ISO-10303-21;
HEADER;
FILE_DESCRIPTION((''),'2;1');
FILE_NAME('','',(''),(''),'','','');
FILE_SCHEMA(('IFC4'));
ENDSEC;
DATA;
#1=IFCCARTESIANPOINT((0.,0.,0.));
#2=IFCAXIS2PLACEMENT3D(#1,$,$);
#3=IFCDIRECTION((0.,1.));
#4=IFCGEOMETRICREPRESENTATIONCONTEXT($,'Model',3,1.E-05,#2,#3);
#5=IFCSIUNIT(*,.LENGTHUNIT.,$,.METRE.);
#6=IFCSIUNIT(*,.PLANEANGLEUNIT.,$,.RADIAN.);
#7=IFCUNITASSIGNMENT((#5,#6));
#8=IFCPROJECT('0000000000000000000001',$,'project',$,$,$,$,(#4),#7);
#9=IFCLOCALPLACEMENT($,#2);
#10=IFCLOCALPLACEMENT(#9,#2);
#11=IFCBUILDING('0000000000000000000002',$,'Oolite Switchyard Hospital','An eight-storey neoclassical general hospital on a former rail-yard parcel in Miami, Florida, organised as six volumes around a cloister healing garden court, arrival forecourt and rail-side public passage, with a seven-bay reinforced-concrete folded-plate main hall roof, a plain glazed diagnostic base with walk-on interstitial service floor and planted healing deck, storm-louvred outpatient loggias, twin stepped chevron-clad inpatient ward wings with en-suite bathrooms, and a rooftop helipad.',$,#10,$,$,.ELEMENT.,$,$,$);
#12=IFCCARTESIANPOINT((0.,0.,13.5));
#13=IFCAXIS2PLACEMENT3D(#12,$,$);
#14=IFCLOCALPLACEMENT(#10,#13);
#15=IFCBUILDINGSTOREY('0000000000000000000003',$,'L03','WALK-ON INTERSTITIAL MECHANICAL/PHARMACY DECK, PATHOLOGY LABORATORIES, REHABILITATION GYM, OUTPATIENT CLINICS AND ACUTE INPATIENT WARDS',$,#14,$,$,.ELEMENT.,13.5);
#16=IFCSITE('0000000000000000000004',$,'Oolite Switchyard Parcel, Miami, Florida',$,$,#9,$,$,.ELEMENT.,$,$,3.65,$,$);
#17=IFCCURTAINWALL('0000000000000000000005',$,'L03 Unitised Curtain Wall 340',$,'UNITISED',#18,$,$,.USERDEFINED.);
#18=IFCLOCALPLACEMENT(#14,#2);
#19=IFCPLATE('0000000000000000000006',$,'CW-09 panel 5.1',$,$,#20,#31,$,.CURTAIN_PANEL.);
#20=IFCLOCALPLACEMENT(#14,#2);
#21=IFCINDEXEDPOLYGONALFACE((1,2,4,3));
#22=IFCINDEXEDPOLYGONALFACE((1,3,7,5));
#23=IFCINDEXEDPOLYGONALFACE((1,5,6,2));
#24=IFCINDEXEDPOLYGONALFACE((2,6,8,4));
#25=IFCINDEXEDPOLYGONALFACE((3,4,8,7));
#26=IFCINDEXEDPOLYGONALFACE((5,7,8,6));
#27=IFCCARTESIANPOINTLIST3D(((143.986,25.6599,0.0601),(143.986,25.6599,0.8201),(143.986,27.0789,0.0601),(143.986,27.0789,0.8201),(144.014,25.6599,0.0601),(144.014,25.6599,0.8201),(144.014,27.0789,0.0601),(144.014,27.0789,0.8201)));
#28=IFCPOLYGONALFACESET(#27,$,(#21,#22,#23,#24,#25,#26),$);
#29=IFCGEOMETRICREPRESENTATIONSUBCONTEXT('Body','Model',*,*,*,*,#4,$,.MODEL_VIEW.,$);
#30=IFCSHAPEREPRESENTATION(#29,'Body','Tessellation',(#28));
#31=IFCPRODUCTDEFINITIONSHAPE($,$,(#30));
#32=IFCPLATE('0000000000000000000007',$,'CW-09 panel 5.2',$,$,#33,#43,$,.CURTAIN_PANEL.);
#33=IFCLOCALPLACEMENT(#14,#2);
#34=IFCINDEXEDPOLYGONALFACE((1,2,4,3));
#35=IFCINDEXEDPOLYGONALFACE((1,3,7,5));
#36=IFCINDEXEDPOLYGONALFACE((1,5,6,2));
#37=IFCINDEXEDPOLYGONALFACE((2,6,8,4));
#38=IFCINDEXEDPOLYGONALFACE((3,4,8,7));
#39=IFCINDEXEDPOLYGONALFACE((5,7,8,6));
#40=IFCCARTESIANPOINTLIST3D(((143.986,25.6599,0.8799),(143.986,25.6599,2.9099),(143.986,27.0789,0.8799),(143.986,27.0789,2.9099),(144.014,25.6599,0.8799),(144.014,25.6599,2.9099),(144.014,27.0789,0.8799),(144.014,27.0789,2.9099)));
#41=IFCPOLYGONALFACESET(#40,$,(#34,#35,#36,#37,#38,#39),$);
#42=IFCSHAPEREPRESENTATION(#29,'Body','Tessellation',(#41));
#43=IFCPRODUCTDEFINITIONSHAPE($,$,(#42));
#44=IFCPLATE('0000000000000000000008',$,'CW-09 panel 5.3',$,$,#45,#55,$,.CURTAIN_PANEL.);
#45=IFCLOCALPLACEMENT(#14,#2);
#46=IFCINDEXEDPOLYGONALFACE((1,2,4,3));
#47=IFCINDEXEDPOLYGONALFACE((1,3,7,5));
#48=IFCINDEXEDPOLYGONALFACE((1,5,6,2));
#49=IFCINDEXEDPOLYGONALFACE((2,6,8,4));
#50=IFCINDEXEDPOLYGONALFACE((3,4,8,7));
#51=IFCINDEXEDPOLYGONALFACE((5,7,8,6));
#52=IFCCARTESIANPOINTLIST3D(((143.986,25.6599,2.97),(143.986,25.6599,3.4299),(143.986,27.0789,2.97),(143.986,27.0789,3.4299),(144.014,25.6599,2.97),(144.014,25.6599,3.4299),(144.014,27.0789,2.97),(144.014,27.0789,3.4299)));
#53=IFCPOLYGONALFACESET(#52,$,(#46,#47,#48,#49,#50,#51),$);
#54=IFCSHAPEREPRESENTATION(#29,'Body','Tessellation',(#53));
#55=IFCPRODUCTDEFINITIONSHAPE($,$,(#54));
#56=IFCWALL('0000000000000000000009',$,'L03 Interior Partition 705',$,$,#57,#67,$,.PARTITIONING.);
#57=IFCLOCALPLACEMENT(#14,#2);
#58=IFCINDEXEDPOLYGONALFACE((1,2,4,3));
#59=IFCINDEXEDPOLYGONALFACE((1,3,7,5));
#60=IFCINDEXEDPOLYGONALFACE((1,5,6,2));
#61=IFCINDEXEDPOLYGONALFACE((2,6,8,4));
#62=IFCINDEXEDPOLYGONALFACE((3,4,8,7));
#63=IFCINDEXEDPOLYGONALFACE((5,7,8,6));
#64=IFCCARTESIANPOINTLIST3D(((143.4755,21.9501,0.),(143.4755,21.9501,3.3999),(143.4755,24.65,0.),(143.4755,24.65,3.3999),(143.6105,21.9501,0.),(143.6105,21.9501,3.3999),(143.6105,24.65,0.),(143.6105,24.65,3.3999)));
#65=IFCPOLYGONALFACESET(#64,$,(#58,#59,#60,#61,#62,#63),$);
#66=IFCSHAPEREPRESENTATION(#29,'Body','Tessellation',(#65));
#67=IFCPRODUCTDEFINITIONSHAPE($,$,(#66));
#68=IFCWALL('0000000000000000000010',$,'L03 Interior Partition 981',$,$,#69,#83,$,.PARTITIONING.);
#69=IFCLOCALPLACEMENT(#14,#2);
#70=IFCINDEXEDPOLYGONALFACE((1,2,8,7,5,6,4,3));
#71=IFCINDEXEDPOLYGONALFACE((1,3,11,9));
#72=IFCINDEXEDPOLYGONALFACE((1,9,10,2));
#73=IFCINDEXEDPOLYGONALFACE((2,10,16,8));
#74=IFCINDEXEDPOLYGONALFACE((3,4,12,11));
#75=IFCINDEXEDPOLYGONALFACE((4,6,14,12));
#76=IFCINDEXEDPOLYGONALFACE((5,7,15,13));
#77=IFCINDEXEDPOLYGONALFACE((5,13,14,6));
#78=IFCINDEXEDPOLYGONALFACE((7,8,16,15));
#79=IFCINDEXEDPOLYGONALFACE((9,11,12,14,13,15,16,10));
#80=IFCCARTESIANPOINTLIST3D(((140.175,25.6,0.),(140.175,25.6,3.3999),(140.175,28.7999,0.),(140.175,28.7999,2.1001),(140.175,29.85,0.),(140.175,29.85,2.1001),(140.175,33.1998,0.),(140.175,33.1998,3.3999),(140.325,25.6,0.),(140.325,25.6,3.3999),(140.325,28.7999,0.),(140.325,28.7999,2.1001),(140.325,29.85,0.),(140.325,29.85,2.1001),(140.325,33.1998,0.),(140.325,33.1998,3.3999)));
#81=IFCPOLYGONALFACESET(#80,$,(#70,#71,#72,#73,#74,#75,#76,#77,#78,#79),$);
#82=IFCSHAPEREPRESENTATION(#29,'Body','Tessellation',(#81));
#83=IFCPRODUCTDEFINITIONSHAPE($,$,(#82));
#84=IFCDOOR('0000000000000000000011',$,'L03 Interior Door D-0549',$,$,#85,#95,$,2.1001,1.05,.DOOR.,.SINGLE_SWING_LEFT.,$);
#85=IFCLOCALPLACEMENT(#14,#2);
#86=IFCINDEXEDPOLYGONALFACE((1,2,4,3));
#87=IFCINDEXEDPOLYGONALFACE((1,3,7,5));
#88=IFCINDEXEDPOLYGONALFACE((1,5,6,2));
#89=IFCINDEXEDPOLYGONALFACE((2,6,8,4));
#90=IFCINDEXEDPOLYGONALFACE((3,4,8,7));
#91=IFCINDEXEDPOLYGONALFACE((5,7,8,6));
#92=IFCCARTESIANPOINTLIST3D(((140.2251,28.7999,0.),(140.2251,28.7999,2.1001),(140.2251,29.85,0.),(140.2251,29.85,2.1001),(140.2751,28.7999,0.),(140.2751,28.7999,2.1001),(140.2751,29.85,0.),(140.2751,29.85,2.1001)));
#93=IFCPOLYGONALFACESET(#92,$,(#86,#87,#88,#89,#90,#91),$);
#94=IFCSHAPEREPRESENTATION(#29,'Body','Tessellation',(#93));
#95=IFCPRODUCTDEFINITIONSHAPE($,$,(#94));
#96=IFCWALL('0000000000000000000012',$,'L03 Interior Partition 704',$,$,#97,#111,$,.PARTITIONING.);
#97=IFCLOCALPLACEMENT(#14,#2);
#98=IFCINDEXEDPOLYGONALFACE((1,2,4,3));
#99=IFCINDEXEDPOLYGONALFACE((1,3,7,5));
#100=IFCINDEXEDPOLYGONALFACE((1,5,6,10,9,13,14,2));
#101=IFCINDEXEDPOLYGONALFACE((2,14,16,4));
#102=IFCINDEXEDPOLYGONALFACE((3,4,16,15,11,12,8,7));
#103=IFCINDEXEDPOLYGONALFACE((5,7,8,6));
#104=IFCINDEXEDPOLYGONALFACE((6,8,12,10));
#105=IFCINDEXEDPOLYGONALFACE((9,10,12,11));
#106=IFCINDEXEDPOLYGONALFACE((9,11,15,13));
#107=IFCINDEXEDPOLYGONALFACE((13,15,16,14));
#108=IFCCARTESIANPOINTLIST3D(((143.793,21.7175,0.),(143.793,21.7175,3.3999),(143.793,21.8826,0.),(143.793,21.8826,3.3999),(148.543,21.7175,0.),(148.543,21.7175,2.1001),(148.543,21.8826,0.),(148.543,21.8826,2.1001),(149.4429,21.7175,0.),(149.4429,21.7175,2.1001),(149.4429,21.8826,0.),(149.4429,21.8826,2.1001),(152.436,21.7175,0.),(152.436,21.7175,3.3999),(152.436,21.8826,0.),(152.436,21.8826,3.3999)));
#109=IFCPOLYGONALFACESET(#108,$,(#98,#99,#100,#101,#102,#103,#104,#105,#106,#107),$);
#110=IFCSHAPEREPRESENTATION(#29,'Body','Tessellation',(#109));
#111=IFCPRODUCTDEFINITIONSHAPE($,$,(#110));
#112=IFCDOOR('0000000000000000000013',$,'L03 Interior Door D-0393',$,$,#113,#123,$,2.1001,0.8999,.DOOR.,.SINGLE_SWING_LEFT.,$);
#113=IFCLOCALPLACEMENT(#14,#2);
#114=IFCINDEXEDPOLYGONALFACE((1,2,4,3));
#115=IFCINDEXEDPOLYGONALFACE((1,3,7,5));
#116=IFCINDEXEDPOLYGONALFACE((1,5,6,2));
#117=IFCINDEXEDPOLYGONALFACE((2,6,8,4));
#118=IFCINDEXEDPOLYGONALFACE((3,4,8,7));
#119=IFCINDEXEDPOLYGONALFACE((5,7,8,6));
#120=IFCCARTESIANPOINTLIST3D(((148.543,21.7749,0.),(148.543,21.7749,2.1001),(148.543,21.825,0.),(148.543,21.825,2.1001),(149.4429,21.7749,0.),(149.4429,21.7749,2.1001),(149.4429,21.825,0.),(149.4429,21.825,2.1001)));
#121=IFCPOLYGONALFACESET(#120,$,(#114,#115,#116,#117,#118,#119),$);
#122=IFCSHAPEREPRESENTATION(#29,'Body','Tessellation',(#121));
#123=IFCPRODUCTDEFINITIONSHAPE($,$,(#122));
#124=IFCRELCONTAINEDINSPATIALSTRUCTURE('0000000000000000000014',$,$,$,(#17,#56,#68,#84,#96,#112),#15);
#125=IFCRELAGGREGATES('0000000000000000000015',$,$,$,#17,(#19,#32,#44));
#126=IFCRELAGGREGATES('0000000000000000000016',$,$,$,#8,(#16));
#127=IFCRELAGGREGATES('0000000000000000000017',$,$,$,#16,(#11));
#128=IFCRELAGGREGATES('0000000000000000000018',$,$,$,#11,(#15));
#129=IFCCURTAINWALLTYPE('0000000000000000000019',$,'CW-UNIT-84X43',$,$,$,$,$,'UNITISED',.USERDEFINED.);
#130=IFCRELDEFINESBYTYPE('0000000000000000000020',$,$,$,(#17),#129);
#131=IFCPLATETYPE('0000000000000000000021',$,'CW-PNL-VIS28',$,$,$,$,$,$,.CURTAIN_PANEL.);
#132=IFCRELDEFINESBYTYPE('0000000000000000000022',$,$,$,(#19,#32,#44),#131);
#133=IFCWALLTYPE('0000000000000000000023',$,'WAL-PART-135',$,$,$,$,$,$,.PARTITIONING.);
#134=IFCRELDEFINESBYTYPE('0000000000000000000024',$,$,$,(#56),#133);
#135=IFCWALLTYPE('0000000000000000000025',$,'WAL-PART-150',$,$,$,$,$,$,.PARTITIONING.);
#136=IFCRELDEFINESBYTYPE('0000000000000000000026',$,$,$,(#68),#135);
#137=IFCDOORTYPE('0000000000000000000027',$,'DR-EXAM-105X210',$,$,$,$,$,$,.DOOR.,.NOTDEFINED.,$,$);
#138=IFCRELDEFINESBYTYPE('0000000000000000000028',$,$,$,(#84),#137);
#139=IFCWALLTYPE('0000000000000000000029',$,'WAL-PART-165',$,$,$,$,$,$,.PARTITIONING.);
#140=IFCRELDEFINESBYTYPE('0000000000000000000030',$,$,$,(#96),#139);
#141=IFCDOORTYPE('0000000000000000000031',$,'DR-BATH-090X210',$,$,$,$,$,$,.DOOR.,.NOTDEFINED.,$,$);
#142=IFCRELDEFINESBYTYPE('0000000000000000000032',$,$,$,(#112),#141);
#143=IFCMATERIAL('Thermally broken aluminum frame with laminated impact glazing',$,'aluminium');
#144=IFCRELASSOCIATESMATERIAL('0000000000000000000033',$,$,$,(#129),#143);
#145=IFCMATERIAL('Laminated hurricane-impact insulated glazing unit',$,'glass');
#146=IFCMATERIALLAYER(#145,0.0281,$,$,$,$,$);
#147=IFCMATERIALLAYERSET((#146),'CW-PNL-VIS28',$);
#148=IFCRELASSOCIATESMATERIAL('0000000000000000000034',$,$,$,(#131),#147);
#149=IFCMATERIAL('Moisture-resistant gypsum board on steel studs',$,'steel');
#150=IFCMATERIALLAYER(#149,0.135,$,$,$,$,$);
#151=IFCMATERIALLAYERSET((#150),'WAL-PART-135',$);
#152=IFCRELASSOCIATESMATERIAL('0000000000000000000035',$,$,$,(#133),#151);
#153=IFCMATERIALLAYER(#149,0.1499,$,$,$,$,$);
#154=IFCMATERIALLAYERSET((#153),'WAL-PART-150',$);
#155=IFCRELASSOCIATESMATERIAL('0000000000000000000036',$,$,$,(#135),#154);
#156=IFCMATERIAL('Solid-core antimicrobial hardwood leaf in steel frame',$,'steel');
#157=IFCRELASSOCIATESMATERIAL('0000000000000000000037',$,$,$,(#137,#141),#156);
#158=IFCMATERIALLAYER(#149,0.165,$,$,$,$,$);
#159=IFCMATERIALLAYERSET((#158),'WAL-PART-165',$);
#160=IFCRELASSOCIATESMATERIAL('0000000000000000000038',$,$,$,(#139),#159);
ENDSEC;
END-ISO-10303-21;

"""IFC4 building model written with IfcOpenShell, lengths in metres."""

from ifc_helpers import new_model, si_unit, direction, frame, frame_2d, origin, origin_2d, place, context, subcontext, project, spatial, rectangle, extrude, material, layer, layer_set, type_object, element, fill, aggregate, save


model = new_model("IFC4")

# Units and contexts
model_context = context("Model", 3, precision=1e-05, world=origin(), true_north=direction((0.0, 1.0)))
body_context = subcontext(model_context, "Body", "Model", "MODEL_VIEW")
ifc_project = project(units=[si_unit("LENGTHUNIT", "METRE"), si_unit("PLANEANGLEUNIT", "RADIAN")], contexts=[model_context])

# Site, building, storey
site_placement = place(None, origin())
site = spatial("IfcSite", under=ifc_project, at=site_placement, Name="Oolite Switchyard Parcel, Miami, Florida", CompositionType="ELEMENT", RefElevation=3.65)
building_placement = place(site_placement, origin())
building = spatial("IfcBuilding", under=site, at=building_placement, Name="Oolite Switchyard Hospital", Description="An eight-storey neoclassical general hospital on a former rail-yard parcel in Miami, Florida, organised as six volumes around a cloister healing garden court, arrival forecourt and rail-side public passage, with a seven-bay reinforced-concrete folded-plate main hall roof, a plain glazed diagnostic base with walk-on interstitial service floor and planted healing deck, storm-louvred outpatient loggias, twin stepped chevron-clad inpatient ward wings with en-suite bathrooms, and a rooftop helipad.", CompositionType="ELEMENT")
storey_placement = place(building_placement, frame((0.0, 0.0, 13.5)))
storey = spatial("IfcBuildingStorey", under=building, at=storey_placement, Name="L03", Description="WALK-ON INTERSTITIAL MECHANICAL/PHARMACY DECK, PATHOLOGY LABORATORIES, REHABILITATION GYM, OUTPATIENT CLINICS AND ACUTE INPATIENT WARDS", CompositionType="ELEMENT", Elevation=13.5)

# Curtain wall
ifc_material_1 = material(Name="Thermally broken aluminum frame with laminated impact glazing", Category="aluminium")
curtain_wall_type_1 = type_object("IfcCurtainWallType", Name="CW-UNIT-84X43", ElementType="UNITISED", PredefinedType="USERDEFINED", material=ifc_material_1)
curtain_wall_1_placement = place(storey_placement, origin())
curtain_wall_1 = element("IfcCurtainWall", 1, at=curtain_wall_1_placement, inside=storey, type_object=curtain_wall_type_1, Name="L03 Unitised Curtain Wall 340", ObjectType="UNITISED", PredefinedType="USERDEFINED")

# Plates
ifc_material_2 = material(Name="Laminated hurricane-impact insulated glazing unit", Category="glass")
ifc_layer_1 = layer(ifc_material_2, 0.0281)
ifc_layer_set_1 = layer_set([ifc_layer_1], Name="CW-PNL-VIS28")
plate_type = type_object("IfcPlateType", Name="CW-PNL-VIS28", PredefinedType="CURTAIN_PANEL", material=ifc_layer_set_1)
plate_1_placement = place(storey_placement, frame((144.0, 26.3694, 0.0601), z_axis=(0.0, 0.0, 1.0), x_axis=(0.0, -1.0, 0.0)))
plate_1 = element("IfcPlate", 2, at=plate_1_placement, type_object=plate_type, Name="CW-09 panel 5.1", PredefinedType="CURTAIN_PANEL", context=body_context, shape_type="SweptSolid", body=[
    extrude(rectangle(XDim=1.4189, YDim=0.0281, at=origin_2d()), origin(), (0.0, 0.0, 1.0), 0.76),
])
plate_2_placement = place(storey_placement, frame((144.0, 26.3694, 0.8799), z_axis=(0.0, 0.0, 1.0), x_axis=(0.0, -1.0, 0.0)))
plate_2 = element("IfcPlate", 3, at=plate_2_placement, type_object=plate_type, Name="CW-09 panel 5.2", PredefinedType="CURTAIN_PANEL", context=body_context, shape_type="SweptSolid", body=[
    extrude(rectangle(XDim=1.4189, YDim=0.0281, at=origin_2d()), origin(), (0.0, 0.0, 1.0), 2.03),
])
plate_3_placement = place(storey_placement, frame((144.0, 26.3694, 2.97), z_axis=(0.0, 0.0, 1.0), x_axis=(0.0, -1.0, 0.0)))
plate_3 = element("IfcPlate", 4, at=plate_3_placement, type_object=plate_type, Name="CW-09 panel 5.3", PredefinedType="CURTAIN_PANEL", context=body_context, shape_type="SweptSolid", body=[
    extrude(rectangle(XDim=1.4189, YDim=0.0281, at=origin_2d()), origin(), (0.0, 0.0, 1.0), 0.46),
])
aggregate(curtain_wall_1, [plate_1, plate_2, plate_3])

# Wall
ifc_material_3 = material(Name="Moisture-resistant gypsum board on steel studs", Category="steel")
ifc_layer_2 = layer(ifc_material_3, 0.135)
ifc_layer_set_2 = layer_set([ifc_layer_2], Name="WAL-PART-135")
wall_type_1 = type_object("IfcWallType", Name="WAL-PART-135", PredefinedType="PARTITIONING", material=ifc_layer_set_2)
wall_1_placement = place(storey_placement, frame((143.543, 21.95, 0.0), z_axis=(0.0, 0.0, 1.0), x_axis=(0.0, 1.0, 0.0)))
element("IfcWall", 5, at=wall_1_placement, inside=storey, type_object=wall_type_1, Name="L03 Interior Partition 705", PredefinedType="PARTITIONING", context=body_context, shape_type="SweptSolid", body=[
    extrude(rectangle(XDim=2.7, YDim=0.135, at=frame_2d((1.3501, 0.0))), origin(), (0.0, 0.0, 1.0), 3.3999),
])

# Walls, openings, doors
ifc_layer_3 = layer(ifc_material_3, 0.1499)
ifc_layer_set_3 = layer_set([ifc_layer_3], Name="WAL-PART-150")
wall_type_2 = type_object("IfcWallType", Name="WAL-PART-150", PredefinedType="PARTITIONING", material=ifc_layer_set_3)
wall_2_placement = place(storey_placement, frame((140.25, 25.6001, 0.0), z_axis=(0.0, 0.0, 1.0), x_axis=(0.0, 1.0, 0.0)))
wall_2 = element("IfcWall", 6, at=wall_2_placement, inside=storey, type_object=wall_type_2, Name="L03 Interior Partition 981", PredefinedType="PARTITIONING", context=body_context, shape_type="SweptSolid", body=[
    extrude(rectangle(XDim=7.5999, YDim=0.1499, at=frame_2d((3.7998, 0.0))), origin(), (0.0, 0.0, 1.0), 3.3999),
])
opening_1_placement = place(wall_2_placement, frame((3.2, 0.0, 0.0)))
opening_1 = element("IfcOpeningElement", 7, at=opening_1_placement, cuts=wall_2, PredefinedType="OPENING", context=body_context, shape_type="SweptSolid", body=[
    extrude(rectangle(XDim=1.05, YDim=2.1001, at=frame_2d((0.5249, 1.05))), frame((0.0, 0.085, 0.0), z_axis=(0.0, -1.0, 0.0), x_axis=(1.0, 0.0, 0.0)), (0.0, 0.0, 1.0), 0.1699),
])
ifc_material_4 = material(Name="Solid-core antimicrobial hardwood leaf in steel frame", Category="steel")
door_type_1 = type_object("IfcDoorType", Name="DR-EXAM-105X210", OperationType="NOTDEFINED", PredefinedType="DOOR", material=ifc_material_4)
door_1_placement = place(opening_1_placement, origin())
door_1 = element("IfcDoor", 8, at=door_1_placement, inside=storey, type_object=door_type_1, Name="L03 Interior Door D-0549", OperationType="SINGLE_SWING_LEFT", OverallHeight=2.1001, OverallWidth=1.05, PredefinedType="DOOR", context=body_context, shape_type="SweptSolid", body=[
    extrude(rectangle(XDim=1.05, YDim=2.1001, at=frame_2d((0.5249, 1.05))), frame((0.0, 0.0249, 0.0), z_axis=(0.0, -1.0, 0.0), x_axis=(1.0, 0.0, 0.0)), (0.0, 0.0, 1.0), 0.05),
])
fill(opening_1, door_1)
ifc_layer_4 = layer(ifc_material_3, 0.165)
ifc_layer_set_4 = layer_set([ifc_layer_4], Name="WAL-PART-165")
wall_type_3 = type_object("IfcWallType", Name="WAL-PART-165", PredefinedType="PARTITIONING", material=ifc_layer_set_4)
wall_3_placement = place(storey_placement, frame((143.793, 21.8, 0.0), z_axis=(0.0, 0.0, 1.0), x_axis=(1.0, 0.0, 0.0)))
wall_3 = element("IfcWall", 9, at=wall_3_placement, inside=storey, type_object=wall_type_3, Name="L03 Interior Partition 704", PredefinedType="PARTITIONING", context=body_context, shape_type="SweptSolid", body=[
    extrude(rectangle(XDim=8.6431, YDim=0.165, at=frame_2d((4.3215, 0.0))), origin(), (0.0, 0.0, 1.0), 3.3999),
])
opening_2_placement = place(wall_3_placement, frame((4.75, 0.0, 0.0)))
opening_2 = element("IfcOpeningElement", 10, at=opening_2_placement, cuts=wall_3, PredefinedType="OPENING", context=body_context, shape_type="SweptSolid", body=[
    extrude(rectangle(XDim=0.8999, YDim=2.1001, at=frame_2d((0.45, 1.05))), frame((0.0, 0.0925, 0.0), z_axis=(0.0, -1.0, 0.0), x_axis=(1.0, 0.0, 0.0)), (0.0, 0.0, 1.0), 0.1851),
])
door_type_2 = type_object("IfcDoorType", Name="DR-BATH-090X210", OperationType="NOTDEFINED", PredefinedType="DOOR", material=ifc_material_4)
door_2_placement = place(opening_2_placement, origin())
door_2 = element("IfcDoor", 11, at=door_2_placement, inside=storey, type_object=door_type_2, Name="L03 Interior Door D-0393", OperationType="SINGLE_SWING_LEFT", OverallHeight=2.1001, OverallWidth=0.8999, PredefinedType="DOOR", context=body_context, shape_type="SweptSolid", body=[
    extrude(rectangle(XDim=0.8999, YDim=2.1001, at=frame_2d((0.45, 1.05))), frame((0.0, 0.0249, 0.0), z_axis=(0.0, -1.0, 0.0), x_axis=(1.0, 0.0, 0.0)), (0.0, 0.0, 1.0), 0.05),
])
fill(opening_2, door_2)

save(model, "model.ifc")
